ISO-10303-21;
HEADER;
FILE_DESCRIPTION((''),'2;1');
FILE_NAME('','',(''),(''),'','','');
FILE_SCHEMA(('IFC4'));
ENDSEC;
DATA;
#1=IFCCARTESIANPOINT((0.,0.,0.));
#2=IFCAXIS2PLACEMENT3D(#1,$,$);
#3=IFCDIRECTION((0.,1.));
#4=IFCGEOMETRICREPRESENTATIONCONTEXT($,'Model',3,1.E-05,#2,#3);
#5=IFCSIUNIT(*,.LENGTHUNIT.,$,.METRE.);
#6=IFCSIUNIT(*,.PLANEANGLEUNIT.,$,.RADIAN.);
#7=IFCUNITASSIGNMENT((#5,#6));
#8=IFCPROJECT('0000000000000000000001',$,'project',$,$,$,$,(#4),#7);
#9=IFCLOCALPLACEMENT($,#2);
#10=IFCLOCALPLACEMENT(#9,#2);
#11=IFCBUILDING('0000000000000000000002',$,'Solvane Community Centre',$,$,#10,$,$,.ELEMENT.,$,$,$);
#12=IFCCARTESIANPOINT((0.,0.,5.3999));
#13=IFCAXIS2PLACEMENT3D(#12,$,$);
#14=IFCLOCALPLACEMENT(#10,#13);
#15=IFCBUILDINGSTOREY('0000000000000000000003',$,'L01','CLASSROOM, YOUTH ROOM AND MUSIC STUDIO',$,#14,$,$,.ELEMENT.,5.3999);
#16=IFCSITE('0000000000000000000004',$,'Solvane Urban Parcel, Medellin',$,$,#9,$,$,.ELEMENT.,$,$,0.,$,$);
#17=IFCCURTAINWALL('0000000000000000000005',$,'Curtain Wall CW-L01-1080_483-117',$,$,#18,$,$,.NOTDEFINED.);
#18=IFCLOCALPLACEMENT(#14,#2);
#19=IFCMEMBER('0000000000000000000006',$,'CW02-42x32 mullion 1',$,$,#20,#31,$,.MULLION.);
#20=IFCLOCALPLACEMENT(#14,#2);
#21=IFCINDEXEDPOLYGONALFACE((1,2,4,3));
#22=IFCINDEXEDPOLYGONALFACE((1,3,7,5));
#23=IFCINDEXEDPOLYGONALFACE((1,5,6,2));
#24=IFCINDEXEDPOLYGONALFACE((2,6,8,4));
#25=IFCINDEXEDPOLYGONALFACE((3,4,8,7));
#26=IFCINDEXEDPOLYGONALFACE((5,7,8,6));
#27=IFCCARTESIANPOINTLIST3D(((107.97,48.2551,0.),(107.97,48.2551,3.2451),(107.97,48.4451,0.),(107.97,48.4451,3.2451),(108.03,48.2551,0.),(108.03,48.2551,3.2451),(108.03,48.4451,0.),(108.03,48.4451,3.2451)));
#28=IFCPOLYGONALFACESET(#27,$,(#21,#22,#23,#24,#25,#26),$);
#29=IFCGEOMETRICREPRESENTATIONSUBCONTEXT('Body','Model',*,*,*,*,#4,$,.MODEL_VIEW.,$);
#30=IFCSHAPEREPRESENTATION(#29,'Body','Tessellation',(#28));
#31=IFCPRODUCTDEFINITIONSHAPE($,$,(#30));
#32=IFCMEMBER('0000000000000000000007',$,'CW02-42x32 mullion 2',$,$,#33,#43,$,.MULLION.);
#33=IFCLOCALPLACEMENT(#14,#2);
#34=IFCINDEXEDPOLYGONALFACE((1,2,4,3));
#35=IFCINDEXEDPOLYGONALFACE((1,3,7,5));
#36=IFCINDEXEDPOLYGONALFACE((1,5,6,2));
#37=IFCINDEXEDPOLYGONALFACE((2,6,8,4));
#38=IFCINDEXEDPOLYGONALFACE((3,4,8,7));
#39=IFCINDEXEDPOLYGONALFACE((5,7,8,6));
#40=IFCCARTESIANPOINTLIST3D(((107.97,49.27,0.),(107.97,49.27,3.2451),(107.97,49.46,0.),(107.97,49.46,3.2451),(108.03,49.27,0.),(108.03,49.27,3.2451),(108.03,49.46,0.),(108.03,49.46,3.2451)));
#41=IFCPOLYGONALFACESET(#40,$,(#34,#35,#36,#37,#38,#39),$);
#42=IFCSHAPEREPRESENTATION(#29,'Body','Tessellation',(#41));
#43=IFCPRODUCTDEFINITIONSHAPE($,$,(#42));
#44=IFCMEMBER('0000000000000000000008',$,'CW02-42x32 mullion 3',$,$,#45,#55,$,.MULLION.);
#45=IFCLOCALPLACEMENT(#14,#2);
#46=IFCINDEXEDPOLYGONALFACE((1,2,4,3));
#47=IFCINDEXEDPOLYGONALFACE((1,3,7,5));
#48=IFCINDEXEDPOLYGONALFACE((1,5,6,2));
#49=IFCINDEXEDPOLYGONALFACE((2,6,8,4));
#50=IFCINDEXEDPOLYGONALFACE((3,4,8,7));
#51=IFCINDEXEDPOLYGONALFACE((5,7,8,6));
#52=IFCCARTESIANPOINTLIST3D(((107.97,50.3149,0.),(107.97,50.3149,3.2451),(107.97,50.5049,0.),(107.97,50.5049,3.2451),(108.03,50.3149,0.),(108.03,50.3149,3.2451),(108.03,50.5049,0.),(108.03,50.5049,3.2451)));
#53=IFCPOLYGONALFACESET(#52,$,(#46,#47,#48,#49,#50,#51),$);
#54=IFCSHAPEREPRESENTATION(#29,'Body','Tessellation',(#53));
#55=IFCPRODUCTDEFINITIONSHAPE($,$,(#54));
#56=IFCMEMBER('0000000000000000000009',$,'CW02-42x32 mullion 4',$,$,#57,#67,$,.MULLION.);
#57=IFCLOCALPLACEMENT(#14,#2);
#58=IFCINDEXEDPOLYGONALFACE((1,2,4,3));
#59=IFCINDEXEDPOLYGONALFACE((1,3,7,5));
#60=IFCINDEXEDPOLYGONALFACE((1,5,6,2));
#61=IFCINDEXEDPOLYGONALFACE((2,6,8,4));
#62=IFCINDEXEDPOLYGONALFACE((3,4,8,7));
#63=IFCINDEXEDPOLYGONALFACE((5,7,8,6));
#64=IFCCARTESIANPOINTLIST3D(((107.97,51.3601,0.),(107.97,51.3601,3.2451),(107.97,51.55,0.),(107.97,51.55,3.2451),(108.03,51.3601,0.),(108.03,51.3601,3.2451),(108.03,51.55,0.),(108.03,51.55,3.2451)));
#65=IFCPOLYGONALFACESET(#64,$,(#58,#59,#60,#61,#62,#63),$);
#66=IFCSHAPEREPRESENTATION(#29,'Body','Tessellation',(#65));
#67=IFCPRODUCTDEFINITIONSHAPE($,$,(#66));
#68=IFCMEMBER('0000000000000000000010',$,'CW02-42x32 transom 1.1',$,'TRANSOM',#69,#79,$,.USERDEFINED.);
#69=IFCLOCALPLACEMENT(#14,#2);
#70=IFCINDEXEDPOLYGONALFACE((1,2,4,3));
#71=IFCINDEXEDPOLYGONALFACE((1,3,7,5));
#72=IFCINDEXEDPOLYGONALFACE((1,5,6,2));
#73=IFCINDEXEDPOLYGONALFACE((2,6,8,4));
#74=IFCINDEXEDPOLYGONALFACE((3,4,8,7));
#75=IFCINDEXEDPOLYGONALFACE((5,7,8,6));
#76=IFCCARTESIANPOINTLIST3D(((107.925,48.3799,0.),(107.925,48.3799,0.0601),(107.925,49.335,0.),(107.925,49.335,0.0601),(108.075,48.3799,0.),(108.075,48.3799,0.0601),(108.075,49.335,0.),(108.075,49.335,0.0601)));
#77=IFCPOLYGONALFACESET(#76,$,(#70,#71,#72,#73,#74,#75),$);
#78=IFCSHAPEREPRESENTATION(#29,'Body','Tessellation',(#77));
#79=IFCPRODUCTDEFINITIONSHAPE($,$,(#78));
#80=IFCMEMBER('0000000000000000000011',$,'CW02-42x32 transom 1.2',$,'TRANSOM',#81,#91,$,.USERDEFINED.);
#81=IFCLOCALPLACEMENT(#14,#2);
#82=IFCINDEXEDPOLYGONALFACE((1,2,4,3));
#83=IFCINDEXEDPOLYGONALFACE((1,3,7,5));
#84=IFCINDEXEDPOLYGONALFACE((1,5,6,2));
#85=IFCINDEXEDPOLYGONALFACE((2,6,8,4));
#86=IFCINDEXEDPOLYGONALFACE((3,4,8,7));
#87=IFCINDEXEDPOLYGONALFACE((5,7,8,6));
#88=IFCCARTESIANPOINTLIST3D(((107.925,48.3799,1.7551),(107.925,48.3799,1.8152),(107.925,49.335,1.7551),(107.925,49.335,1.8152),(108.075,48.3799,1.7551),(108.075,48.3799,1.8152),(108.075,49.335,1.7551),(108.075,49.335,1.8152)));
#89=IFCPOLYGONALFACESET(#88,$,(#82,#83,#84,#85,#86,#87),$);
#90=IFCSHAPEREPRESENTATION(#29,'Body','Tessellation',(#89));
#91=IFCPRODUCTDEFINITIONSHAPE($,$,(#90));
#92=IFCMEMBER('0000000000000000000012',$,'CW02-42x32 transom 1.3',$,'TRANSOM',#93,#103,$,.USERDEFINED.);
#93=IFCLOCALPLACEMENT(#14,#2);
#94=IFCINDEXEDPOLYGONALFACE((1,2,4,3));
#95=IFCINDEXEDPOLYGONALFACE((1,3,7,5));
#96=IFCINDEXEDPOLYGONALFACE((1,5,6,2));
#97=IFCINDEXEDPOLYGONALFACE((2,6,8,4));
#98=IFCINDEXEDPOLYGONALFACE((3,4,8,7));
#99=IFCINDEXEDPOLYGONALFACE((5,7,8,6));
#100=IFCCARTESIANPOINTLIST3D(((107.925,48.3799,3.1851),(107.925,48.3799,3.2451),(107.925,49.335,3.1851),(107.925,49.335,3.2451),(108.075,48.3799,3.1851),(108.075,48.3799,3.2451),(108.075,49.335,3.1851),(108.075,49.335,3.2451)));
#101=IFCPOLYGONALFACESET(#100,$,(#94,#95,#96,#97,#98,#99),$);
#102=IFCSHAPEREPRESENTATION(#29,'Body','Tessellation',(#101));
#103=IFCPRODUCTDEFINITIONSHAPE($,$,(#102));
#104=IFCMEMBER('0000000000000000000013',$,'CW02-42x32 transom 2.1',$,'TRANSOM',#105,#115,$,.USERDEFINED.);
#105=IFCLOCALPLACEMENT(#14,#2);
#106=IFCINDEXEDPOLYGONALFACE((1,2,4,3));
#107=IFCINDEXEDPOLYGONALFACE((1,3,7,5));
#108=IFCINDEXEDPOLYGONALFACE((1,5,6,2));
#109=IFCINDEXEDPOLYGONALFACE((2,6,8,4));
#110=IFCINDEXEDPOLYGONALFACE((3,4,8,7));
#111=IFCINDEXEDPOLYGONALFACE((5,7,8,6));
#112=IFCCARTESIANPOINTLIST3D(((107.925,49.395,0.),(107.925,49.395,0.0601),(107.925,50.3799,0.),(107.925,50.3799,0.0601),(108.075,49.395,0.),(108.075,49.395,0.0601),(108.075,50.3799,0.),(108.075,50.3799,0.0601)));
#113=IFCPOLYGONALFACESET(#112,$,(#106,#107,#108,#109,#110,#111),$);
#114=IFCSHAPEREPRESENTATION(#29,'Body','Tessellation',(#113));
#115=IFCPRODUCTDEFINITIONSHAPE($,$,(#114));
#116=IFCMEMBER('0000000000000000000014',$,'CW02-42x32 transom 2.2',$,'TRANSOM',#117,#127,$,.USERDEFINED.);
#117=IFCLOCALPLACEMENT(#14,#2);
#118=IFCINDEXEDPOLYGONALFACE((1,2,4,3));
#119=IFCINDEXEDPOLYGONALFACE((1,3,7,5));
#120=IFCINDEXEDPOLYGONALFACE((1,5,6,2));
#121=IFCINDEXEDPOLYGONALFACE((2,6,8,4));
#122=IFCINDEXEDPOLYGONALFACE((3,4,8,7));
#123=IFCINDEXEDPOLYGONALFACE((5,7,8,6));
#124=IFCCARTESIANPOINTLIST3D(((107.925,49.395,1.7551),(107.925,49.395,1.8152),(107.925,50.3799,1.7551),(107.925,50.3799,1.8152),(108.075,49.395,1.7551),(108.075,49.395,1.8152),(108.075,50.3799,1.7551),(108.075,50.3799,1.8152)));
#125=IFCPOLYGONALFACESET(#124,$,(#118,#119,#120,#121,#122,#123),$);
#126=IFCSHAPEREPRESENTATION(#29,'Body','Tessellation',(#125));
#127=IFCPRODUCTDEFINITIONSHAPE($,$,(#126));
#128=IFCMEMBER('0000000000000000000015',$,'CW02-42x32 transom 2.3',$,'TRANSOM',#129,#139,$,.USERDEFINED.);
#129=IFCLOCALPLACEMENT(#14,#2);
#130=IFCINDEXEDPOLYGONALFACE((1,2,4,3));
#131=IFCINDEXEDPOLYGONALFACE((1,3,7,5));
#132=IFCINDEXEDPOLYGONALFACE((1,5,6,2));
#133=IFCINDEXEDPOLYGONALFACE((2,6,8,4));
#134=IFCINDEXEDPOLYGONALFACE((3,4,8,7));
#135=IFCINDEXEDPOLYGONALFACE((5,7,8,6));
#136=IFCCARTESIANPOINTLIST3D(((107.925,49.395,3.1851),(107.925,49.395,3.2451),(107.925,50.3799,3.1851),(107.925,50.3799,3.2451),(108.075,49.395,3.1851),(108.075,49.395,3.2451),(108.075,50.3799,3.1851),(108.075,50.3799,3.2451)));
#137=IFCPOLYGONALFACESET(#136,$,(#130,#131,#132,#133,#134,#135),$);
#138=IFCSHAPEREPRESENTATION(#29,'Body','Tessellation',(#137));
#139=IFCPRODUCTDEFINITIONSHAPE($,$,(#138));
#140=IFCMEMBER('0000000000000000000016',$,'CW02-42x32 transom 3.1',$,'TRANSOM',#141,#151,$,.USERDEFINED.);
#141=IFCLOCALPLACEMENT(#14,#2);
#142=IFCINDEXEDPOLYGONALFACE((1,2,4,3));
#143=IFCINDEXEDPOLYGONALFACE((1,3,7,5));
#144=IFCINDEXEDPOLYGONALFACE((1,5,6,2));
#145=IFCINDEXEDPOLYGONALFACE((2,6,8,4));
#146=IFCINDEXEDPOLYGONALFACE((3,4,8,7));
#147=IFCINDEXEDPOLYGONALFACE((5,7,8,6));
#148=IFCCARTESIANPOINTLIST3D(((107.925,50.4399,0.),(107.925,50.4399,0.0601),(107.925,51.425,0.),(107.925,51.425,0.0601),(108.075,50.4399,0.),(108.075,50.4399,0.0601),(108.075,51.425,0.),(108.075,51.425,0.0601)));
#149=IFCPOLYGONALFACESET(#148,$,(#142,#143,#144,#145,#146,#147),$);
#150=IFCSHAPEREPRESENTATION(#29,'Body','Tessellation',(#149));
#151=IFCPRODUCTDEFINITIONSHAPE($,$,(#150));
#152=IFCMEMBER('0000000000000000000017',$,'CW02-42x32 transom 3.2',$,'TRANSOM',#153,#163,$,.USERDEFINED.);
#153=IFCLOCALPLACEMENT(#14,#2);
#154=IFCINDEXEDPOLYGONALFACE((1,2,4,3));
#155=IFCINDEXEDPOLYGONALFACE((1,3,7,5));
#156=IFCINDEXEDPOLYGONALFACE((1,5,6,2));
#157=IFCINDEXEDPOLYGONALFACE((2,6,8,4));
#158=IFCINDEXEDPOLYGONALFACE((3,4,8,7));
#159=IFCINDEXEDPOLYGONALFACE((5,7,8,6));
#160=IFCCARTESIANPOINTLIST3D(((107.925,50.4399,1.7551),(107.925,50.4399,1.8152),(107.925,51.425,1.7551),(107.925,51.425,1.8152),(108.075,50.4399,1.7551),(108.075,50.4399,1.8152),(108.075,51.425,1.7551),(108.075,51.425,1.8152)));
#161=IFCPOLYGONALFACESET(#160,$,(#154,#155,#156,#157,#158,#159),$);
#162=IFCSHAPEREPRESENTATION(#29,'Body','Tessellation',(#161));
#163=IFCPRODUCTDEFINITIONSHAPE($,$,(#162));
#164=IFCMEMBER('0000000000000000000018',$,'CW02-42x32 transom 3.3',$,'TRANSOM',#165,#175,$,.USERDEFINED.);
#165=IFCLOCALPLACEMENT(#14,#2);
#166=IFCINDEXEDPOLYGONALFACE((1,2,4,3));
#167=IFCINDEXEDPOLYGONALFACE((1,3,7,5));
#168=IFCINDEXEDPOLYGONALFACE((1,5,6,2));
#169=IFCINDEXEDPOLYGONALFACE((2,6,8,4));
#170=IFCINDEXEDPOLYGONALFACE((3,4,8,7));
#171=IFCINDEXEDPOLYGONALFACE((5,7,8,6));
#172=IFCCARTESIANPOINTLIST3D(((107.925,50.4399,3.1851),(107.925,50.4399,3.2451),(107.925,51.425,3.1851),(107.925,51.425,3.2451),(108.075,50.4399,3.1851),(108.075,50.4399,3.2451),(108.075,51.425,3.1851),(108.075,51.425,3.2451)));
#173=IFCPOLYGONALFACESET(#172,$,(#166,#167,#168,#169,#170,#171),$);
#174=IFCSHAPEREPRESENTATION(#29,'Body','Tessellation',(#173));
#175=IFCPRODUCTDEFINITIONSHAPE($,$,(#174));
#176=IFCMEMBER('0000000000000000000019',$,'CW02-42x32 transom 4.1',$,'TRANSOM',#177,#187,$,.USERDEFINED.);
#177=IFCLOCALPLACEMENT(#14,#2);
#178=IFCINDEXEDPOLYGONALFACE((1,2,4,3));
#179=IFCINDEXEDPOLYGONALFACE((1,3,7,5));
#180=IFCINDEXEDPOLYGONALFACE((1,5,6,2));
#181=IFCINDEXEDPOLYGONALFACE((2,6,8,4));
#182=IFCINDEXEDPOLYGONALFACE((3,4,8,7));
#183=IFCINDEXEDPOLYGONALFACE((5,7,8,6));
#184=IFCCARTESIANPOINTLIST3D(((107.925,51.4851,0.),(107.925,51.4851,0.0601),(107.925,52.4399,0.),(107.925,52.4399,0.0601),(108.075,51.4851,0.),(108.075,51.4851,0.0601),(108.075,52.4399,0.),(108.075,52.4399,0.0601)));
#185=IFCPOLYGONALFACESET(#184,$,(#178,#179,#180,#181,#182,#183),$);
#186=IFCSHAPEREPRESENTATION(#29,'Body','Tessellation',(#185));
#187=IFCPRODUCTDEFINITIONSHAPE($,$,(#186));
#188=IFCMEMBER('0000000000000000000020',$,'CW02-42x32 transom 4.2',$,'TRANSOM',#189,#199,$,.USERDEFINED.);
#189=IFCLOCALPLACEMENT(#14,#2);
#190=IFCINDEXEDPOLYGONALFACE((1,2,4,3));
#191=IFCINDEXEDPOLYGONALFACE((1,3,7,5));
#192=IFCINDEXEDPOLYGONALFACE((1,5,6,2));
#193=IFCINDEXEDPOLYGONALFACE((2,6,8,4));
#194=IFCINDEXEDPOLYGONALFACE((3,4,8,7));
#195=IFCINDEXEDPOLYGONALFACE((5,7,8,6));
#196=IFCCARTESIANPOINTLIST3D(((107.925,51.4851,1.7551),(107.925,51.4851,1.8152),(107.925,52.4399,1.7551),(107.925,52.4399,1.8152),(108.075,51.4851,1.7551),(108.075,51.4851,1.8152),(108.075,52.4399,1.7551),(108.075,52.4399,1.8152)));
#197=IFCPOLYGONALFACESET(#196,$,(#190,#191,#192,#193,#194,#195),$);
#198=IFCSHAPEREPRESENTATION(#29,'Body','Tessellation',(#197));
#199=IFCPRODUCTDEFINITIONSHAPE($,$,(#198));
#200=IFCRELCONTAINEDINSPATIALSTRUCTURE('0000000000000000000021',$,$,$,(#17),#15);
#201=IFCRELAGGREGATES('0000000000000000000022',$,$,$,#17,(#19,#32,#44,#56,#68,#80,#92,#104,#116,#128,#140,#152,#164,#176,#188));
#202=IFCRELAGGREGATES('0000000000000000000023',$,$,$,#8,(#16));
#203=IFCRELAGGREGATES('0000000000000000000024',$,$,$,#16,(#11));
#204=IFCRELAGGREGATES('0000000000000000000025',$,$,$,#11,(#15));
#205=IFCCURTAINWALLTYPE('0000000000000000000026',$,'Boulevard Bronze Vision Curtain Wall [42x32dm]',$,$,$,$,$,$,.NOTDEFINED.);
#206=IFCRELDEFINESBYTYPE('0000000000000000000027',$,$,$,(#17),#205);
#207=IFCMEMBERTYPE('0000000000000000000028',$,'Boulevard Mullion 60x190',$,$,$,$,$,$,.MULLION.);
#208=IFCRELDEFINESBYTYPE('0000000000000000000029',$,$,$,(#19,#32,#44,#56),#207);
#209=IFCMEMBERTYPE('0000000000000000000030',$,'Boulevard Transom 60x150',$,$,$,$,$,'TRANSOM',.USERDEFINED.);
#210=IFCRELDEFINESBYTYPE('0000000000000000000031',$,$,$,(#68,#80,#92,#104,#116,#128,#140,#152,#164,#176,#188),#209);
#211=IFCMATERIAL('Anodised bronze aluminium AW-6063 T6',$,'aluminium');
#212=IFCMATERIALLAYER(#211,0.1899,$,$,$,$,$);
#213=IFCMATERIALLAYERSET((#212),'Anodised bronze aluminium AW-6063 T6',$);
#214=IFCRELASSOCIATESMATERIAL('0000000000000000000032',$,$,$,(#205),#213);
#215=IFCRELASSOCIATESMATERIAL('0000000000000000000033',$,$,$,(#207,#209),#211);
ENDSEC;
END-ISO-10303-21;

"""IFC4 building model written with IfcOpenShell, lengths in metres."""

from ifc_helpers import new_model, si_unit, direction, frame, origin, origin_2d, place, context, subcontext, project, spatial, rectangle, extrude, material, layer, layer_set, material_profile, profile_set, type_object, element, aggregate, save


model = new_model("IFC4")

# Units and contexts
model_context = context("Model", 3, precision=1e-05, world=origin(), true_north=direction((0.0, 1.0)))
body_context = subcontext(model_context, "Body", "Model", "MODEL_VIEW")
ifc_project = project(units=[si_unit("LENGTHUNIT", "METRE"), si_unit("PLANEANGLEUNIT", "RADIAN")], contexts=[model_context])

# Site, building, storey
site_placement = place(None, origin())
site = spatial("IfcSite", under=ifc_project, at=site_placement, Name="Solvane Urban Parcel, Medellin", CompositionType="ELEMENT", RefElevation=0.0)
building_placement = place(site_placement, origin())
building = spatial("IfcBuilding", under=site, at=building_placement, Name="Solvane Community Centre", CompositionType="ELEMENT")
storey_placement = place(building_placement, frame((0.0, 0.0, 5.3999)))
storey = spatial("IfcBuildingStorey", under=building, at=storey_placement, Name="L01", Description="CLASSROOM, YOUTH ROOM AND MUSIC STUDIO", CompositionType="ELEMENT", Elevation=5.3999)

# Curtain wall, members
ifc_material_1 = material(Name="Anodised bronze aluminium AW-6063 T6", Category="aluminium")
ifc_layer_1 = layer(ifc_material_1, 0.1899)
ifc_layer_set_1 = layer_set([ifc_layer_1], Name="Anodised bronze aluminium AW-6063 T6")
curtain_wall_type = type_object("IfcCurtainWallType", Name="Boulevard Bronze Vision Curtain Wall [42x32dm]", PredefinedType="NOTDEFINED", material=ifc_layer_set_1)
curtain_wall_placement = place(storey_placement, origin())
curtain_wall = element("IfcCurtainWall", 1, at=curtain_wall_placement, inside=storey, type_object=curtain_wall_type, Name="Curtain Wall CW-L01-1080_483-117", PredefinedType="NOTDEFINED")
ifc_material_profile_1 = material_profile(ifc_material_1, rectangle(XDim=0.0601, YDim=0.1899, at=origin_2d()), Name="CW-M 60x190")
ifc_profile_set_1 = profile_set([ifc_material_profile_1], Name="Anodised bronze aluminium AW-6063 T6")
member_type_1 = type_object("IfcMemberType", Name="Boulevard Mullion 60x190", PredefinedType="MULLION", material=ifc_profile_set_1)
member_1_placement = place(storey_placement, frame((108.0, 48.3501, 0.0), z_axis=(0.0, 0.0, 1.0), x_axis=(-1.0, 0.0, 0.0)))
member_1 = element("IfcMember", 2, at=member_1_placement, type_object=member_type_1, Name="CW02-42x32 mullion 1", PredefinedType="MULLION", context=body_context, shape_type="SweptSolid", body=[
    extrude(rectangle(XDim=0.0601, YDim=0.1899, at=origin_2d()), origin(), (0.0, 0.0, 1.0), 3.2451),
])
member_2_placement = place(storey_placement, frame((108.0, 49.365, 0.0), z_axis=(0.0, 0.0, 1.0), x_axis=(-1.0, 0.0, 0.0)))
member_2 = element("IfcMember", 3, at=member_2_placement, type_object=member_type_1, Name="CW02-42x32 mullion 2", PredefinedType="MULLION", context=body_context, shape_type="SweptSolid", body=[
    extrude(rectangle(XDim=0.0601, YDim=0.1899, at=origin_2d()), origin(), (0.0, 0.0, 1.0), 3.2451),
])
member_3_placement = place(storey_placement, frame((108.0, 50.4099, 0.0), z_axis=(0.0, 0.0, 1.0), x_axis=(-1.0, 0.0, 0.0)))
member_3 = element("IfcMember", 4, at=member_3_placement, type_object=member_type_1, Name="CW02-42x32 mullion 3", PredefinedType="MULLION", context=body_context, shape_type="SweptSolid", body=[
    extrude(rectangle(XDim=0.0601, YDim=0.1899, at=origin_2d()), origin(), (0.0, 0.0, 1.0), 3.2451),
])
member_4_placement = place(storey_placement, frame((108.0, 51.4551, 0.0), z_axis=(0.0, 0.0, 1.0), x_axis=(-1.0, 0.0, 0.0)))
member_4 = element("IfcMember", 5, at=member_4_placement, type_object=member_type_1, Name="CW02-42x32 mullion 4", PredefinedType="MULLION", context=body_context, shape_type="SweptSolid", body=[
    extrude(rectangle(XDim=0.0601, YDim=0.1899, at=origin_2d()), origin(), (0.0, 0.0, 1.0), 3.2451),
])
ifc_material_profile_2 = material_profile(ifc_material_1, rectangle(XDim=0.1499, YDim=0.0601, at=origin_2d()), Name="CW-T 60x150")
ifc_profile_set_2 = profile_set([ifc_material_profile_2], Name="Anodised bronze aluminium AW-6063 T6")
member_type_2 = type_object("IfcMemberType", Name="Boulevard Transom 60x150", ElementType="TRANSOM", PredefinedType="USERDEFINED", material=ifc_profile_set_2)
member_5_placement = place(storey_placement, frame((108.0, 48.3799, 0.03), z_axis=(0.0, 1.0, 0.0), x_axis=(-1.0, 0.0, 0.0)))
member_5 = element("IfcMember", 6, at=member_5_placement, type_object=member_type_2, Name="CW02-42x32 transom 1.1", ObjectType="TRANSOM", PredefinedType="USERDEFINED", context=body_context, shape_type="SweptSolid", body=[
    extrude(rectangle(XDim=0.1499, YDim=0.0601, at=origin_2d()), origin(), (0.0, 0.0, 1.0), 0.9551),
])
member_6_placement = place(storey_placement, frame((108.0, 48.3799, 1.7852), z_axis=(0.0, 1.0, 0.0), x_axis=(-1.0, 0.0, 0.0)))
member_6 = element("IfcMember", 7, at=member_6_placement, type_object=member_type_2, Name="CW02-42x32 transom 1.2", ObjectType="TRANSOM", PredefinedType="USERDEFINED", context=body_context, shape_type="SweptSolid", body=[
    extrude(rectangle(XDim=0.1499, YDim=0.0601, at=origin_2d()), origin(), (0.0, 0.0, 1.0), 0.9551),
])
member_7_placement = place(storey_placement, frame((108.0, 48.3799, 3.2151), z_axis=(0.0, 1.0, 0.0), x_axis=(-1.0, 0.0, 0.0)))
member_7 = element("IfcMember", 8, at=member_7_placement, type_object=member_type_2, Name="CW02-42x32 transom 1.3", ObjectType="TRANSOM", PredefinedType="USERDEFINED", context=body_context, shape_type="SweptSolid", body=[
    extrude(rectangle(XDim=0.1499, YDim=0.0601, at=origin_2d()), origin(), (0.0, 0.0, 1.0), 0.9551),
])
member_8_placement = place(storey_placement, frame((108.0, 49.395, 0.03), z_axis=(0.0, 1.0, 0.0), x_axis=(-1.0, 0.0, 0.0)))
member_8 = element("IfcMember", 9, at=member_8_placement, type_object=member_type_2, Name="CW02-42x32 transom 2.1", ObjectType="TRANSOM", PredefinedType="USERDEFINED", context=body_context, shape_type="SweptSolid", body=[
    extrude(rectangle(XDim=0.1499, YDim=0.0601, at=origin_2d()), origin(), (0.0, 0.0, 1.0), 0.9849),
])
member_9_placement = place(storey_placement, frame((108.0, 49.395, 1.7852), z_axis=(0.0, 1.0, 0.0), x_axis=(-1.0, 0.0, 0.0)))
member_9 = element("IfcMember", 10, at=member_9_placement, type_object=member_type_2, Name="CW02-42x32 transom 2.2", ObjectType="TRANSOM", PredefinedType="USERDEFINED", context=body_context, shape_type="SweptSolid", body=[
    extrude(rectangle(XDim=0.1499, YDim=0.0601, at=origin_2d()), origin(), (0.0, 0.0, 1.0), 0.9849),
])
member_10_placement = place(storey_placement, frame((108.0, 49.395, 3.2151), z_axis=(0.0, 1.0, 0.0), x_axis=(-1.0, 0.0, 0.0)))
member_10 = element("IfcMember", 11, at=member_10_placement, type_object=member_type_2, Name="CW02-42x32 transom 2.3", ObjectType="TRANSOM", PredefinedType="USERDEFINED", context=body_context, shape_type="SweptSolid", body=[
    extrude(rectangle(XDim=0.1499, YDim=0.0601, at=origin_2d()), origin(), (0.0, 0.0, 1.0), 0.9849),
])
member_11_placement = place(storey_placement, frame((108.0, 50.4399, 0.03), z_axis=(0.0, 1.0, 0.0), x_axis=(-1.0, 0.0, 0.0)))
member_11 = element("IfcMember", 12, at=member_11_placement, type_object=member_type_2, Name="CW02-42x32 transom 3.1", ObjectType="TRANSOM", PredefinedType="USERDEFINED", context=body_context, shape_type="SweptSolid", body=[
    extrude(rectangle(XDim=0.1499, YDim=0.0601, at=origin_2d()), origin(), (0.0, 0.0, 1.0), 0.9851),
])
member_12_placement = place(storey_placement, frame((108.0, 50.4399, 1.7852), z_axis=(0.0, 1.0, 0.0), x_axis=(-1.0, 0.0, 0.0)))
member_12 = element("IfcMember", 13, at=member_12_placement, type_object=member_type_2, Name="CW02-42x32 transom 3.2", ObjectType="TRANSOM", PredefinedType="USERDEFINED", context=body_context, shape_type="SweptSolid", body=[
    extrude(rectangle(XDim=0.1499, YDim=0.0601, at=origin_2d()), origin(), (0.0, 0.0, 1.0), 0.9851),
])
member_13_placement = place(storey_placement, frame((108.0, 50.4399, 3.2151), z_axis=(0.0, 1.0, 0.0), x_axis=(-1.0, 0.0, 0.0)))
member_13 = element("IfcMember", 14, at=member_13_placement, type_object=member_type_2, Name="CW02-42x32 transom 3.3", ObjectType="TRANSOM", PredefinedType="USERDEFINED", context=body_context, shape_type="SweptSolid", body=[
    extrude(rectangle(XDim=0.1499, YDim=0.0601, at=origin_2d()), origin(), (0.0, 0.0, 1.0), 0.9851),
])
member_14_placement = place(storey_placement, frame((108.0, 51.4851, 0.03), z_axis=(0.0, 1.0, 0.0), x_axis=(-1.0, 0.0, 0.0)))
member_14 = element("IfcMember", 15, at=member_14_placement, type_object=member_type_2, Name="CW02-42x32 transom 4.1", ObjectType="TRANSOM", PredefinedType="USERDEFINED", context=body_context, shape_type="SweptSolid", body=[
    extrude(rectangle(XDim=0.1499, YDim=0.0601, at=origin_2d()), origin(), (0.0, 0.0, 1.0), 0.9548),
])
member_15_placement = place(storey_placement, frame((108.0, 51.4851, 1.7852), z_axis=(0.0, 1.0, 0.0), x_axis=(-1.0, 0.0, 0.0)))
member_15 = element("IfcMember", 16, at=member_15_placement, type_object=member_type_2, Name="CW02-42x32 transom 4.2", ObjectType="TRANSOM", PredefinedType="USERDEFINED", context=body_context, shape_type="SweptSolid", body=[
    extrude(rectangle(XDim=0.1499, YDim=0.0601, at=origin_2d()), origin(), (0.0, 0.0, 1.0), 0.9548),
])

aggregate(curtain_wall, [member_1, member_2, member_3, member_4, member_5, member_6, member_7, member_8, member_9, member_10, member_11, member_12, member_13, member_14, member_15])

save(model, "model.ifc")
